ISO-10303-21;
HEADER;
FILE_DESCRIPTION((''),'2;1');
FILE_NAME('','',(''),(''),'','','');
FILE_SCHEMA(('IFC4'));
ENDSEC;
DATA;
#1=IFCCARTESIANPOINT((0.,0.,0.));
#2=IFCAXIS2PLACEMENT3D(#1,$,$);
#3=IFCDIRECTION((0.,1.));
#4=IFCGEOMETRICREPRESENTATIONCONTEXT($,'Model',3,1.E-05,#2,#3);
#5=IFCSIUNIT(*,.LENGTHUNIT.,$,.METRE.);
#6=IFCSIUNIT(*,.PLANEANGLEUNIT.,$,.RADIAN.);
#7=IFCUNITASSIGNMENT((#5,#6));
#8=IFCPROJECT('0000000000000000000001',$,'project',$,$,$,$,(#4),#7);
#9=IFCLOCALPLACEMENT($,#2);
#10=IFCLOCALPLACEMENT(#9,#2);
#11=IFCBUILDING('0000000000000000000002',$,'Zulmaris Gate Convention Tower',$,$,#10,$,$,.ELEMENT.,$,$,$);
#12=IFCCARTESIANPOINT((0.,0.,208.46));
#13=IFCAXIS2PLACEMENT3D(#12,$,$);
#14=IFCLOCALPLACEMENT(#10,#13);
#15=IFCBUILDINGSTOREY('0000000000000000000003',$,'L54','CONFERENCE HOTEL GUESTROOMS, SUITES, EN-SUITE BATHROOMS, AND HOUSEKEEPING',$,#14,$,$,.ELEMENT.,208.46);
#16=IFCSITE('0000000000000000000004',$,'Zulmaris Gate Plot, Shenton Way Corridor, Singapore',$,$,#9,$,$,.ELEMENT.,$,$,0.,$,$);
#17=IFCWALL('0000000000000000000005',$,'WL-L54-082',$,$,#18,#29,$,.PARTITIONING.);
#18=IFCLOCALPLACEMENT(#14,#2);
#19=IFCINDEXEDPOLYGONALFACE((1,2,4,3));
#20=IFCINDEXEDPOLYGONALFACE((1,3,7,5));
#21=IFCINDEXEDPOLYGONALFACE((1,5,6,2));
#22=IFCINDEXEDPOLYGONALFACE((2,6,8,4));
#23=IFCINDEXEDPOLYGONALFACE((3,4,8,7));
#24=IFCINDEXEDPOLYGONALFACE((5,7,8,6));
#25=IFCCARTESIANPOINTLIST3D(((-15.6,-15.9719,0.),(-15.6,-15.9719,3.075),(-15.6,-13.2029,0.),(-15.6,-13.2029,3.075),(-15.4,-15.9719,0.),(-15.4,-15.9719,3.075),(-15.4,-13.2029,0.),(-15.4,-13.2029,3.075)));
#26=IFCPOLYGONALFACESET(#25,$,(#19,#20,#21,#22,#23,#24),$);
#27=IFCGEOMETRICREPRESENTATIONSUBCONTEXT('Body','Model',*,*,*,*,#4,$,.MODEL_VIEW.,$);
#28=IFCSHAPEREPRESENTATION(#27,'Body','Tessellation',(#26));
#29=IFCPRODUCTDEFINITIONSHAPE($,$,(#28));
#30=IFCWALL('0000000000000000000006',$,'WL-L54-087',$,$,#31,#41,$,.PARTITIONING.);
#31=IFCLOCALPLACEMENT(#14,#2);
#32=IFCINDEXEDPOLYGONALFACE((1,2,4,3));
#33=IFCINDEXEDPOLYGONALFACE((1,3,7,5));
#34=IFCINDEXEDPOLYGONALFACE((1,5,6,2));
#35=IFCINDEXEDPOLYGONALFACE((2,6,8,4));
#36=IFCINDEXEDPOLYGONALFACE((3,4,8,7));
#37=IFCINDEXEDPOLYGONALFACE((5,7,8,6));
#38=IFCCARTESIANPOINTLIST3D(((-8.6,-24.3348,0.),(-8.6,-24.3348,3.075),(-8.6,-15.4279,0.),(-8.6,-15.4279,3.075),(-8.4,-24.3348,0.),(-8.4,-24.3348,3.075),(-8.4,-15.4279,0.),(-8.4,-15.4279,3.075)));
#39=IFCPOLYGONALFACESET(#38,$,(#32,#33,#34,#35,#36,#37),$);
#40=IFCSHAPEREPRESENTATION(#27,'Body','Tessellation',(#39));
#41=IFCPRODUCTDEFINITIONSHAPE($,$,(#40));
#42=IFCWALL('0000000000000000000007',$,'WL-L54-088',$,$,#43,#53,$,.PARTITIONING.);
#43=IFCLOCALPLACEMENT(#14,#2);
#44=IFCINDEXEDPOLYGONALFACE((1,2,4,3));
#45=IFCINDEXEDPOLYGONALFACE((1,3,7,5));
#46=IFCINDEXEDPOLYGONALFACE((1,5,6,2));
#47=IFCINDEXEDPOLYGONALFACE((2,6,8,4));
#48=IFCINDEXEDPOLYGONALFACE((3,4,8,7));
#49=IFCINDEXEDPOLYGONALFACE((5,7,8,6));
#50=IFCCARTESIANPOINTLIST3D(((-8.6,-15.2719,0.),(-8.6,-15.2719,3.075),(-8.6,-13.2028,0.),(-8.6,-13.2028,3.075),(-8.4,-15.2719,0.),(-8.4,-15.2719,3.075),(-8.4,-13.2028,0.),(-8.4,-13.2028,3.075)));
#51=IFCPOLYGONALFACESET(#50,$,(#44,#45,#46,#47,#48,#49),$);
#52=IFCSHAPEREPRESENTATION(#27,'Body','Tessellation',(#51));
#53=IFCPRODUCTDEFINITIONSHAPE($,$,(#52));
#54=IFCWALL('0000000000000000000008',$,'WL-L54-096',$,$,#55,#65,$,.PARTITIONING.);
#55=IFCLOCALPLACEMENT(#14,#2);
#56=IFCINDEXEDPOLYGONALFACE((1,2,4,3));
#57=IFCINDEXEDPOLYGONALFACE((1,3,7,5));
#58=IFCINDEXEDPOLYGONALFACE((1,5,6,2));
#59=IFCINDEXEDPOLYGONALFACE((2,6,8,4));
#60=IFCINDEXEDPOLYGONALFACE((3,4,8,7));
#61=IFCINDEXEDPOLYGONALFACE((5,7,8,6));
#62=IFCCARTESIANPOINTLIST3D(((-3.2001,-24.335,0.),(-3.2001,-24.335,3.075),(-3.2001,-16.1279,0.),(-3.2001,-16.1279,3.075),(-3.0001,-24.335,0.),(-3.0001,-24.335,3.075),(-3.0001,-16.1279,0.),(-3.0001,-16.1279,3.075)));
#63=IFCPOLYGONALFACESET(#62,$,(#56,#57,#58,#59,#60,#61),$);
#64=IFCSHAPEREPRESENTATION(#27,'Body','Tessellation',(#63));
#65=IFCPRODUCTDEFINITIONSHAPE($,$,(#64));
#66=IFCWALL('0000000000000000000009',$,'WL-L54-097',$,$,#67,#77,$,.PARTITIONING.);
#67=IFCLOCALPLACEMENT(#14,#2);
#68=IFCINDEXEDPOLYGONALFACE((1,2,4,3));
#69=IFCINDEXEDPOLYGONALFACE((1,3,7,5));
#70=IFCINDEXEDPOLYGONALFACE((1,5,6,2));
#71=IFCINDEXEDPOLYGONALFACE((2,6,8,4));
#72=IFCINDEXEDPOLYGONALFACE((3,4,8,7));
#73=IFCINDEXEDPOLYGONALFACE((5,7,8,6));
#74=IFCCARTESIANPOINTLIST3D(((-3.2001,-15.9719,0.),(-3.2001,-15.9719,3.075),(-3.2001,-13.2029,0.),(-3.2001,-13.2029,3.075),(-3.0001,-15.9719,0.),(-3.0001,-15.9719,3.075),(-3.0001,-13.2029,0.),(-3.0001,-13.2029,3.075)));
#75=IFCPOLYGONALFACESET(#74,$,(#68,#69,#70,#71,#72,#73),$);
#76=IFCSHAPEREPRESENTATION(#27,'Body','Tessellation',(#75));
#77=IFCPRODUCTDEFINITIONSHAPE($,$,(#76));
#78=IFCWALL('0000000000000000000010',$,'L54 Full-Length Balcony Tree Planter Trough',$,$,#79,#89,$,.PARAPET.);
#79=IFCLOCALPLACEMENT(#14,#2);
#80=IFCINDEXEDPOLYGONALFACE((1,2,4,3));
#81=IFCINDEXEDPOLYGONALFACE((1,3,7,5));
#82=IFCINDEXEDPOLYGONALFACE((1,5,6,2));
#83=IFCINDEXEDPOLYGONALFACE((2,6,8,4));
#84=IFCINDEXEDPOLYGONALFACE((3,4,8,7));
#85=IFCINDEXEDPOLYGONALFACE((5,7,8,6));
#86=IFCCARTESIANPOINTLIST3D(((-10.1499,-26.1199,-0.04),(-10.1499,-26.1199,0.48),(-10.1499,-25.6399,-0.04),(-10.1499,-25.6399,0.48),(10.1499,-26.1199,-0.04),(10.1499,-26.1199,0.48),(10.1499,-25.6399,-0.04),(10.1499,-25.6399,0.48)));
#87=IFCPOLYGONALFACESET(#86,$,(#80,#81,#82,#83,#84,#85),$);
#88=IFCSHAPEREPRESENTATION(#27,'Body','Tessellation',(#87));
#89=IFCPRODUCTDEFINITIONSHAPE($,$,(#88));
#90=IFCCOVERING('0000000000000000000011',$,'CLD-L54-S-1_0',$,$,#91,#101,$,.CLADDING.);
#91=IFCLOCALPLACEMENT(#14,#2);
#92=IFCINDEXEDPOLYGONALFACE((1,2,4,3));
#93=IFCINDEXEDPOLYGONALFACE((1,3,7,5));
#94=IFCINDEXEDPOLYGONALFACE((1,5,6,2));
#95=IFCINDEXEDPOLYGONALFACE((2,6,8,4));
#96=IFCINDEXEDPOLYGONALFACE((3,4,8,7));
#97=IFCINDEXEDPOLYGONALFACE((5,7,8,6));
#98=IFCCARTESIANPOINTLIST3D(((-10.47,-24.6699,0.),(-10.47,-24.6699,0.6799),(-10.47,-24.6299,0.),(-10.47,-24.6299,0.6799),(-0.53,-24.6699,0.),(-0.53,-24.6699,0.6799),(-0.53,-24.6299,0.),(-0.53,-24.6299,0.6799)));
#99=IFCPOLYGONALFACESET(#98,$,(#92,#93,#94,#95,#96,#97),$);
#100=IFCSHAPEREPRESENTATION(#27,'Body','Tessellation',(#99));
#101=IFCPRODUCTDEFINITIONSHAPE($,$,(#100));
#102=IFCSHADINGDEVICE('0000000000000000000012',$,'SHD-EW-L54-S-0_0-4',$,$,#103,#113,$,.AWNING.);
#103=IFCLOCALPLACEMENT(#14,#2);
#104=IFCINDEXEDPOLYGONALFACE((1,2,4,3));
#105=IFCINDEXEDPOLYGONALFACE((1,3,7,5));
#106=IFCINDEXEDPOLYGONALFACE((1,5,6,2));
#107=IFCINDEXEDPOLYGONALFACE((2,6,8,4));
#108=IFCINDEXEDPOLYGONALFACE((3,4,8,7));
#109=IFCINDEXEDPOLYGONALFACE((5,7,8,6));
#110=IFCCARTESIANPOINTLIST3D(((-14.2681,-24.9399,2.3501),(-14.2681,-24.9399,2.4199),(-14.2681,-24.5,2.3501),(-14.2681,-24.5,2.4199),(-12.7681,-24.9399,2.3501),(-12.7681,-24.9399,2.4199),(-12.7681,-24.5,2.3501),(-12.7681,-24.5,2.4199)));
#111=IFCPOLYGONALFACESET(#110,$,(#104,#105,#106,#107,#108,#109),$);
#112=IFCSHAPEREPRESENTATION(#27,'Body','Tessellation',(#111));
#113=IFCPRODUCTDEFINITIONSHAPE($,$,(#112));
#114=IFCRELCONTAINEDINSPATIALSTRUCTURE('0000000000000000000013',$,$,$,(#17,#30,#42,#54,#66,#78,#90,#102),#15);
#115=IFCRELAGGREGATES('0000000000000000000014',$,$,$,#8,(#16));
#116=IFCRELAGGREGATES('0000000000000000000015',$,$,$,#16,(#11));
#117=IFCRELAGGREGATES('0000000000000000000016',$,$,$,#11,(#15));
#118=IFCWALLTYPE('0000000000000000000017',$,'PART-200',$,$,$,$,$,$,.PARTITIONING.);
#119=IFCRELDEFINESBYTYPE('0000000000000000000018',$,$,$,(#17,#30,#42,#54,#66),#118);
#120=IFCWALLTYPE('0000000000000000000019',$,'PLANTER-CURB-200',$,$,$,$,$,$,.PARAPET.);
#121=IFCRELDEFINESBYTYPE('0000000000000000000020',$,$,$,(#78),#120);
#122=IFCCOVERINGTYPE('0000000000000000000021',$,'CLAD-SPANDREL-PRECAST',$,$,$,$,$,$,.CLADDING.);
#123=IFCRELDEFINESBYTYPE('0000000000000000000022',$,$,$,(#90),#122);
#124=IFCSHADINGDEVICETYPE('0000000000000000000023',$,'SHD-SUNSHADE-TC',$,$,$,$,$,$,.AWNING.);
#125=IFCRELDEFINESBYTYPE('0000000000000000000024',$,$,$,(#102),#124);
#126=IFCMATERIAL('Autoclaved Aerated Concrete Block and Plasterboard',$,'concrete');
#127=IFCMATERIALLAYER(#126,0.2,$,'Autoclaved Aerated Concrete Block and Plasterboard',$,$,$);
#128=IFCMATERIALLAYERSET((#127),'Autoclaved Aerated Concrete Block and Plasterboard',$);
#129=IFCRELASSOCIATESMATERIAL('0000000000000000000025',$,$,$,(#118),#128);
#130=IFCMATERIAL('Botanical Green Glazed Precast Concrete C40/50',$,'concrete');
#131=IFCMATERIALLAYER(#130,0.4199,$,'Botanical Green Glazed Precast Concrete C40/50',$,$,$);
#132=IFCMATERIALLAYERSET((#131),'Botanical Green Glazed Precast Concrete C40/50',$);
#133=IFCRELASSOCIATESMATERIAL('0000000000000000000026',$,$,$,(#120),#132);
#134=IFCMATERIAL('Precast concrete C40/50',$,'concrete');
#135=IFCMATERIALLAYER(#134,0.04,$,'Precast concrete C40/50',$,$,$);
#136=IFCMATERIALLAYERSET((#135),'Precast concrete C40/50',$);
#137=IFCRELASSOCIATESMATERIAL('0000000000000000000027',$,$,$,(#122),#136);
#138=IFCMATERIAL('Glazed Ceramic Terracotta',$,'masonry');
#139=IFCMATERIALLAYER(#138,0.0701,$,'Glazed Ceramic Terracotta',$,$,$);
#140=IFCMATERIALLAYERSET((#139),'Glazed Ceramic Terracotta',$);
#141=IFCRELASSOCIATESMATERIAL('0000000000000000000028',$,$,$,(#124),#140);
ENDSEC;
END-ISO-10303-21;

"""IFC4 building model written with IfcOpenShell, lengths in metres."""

from ifc_helpers import new_model, si_unit, direction, frame, frame_2d, origin, place, context, subcontext, project, spatial, rectangle, extrude, material, layer, layer_set, type_object, element, save


model = new_model("IFC4")

# Units and contexts
model_context = context("Model", 3, precision=1e-05, world=origin(), true_north=direction((0.0, 1.0)))
body_context = subcontext(model_context, "Body", "Model", "MODEL_VIEW")
ifc_project = project(units=[si_unit("LENGTHUNIT", "METRE"), si_unit("PLANEANGLEUNIT", "RADIAN")], contexts=[model_context])

# Site, building, storey
site_placement = place(None, origin())
site = spatial("IfcSite", under=ifc_project, at=site_placement, Name="Zulmaris Gate Plot, Shenton Way Corridor, Singapore", CompositionType="ELEMENT", RefElevation=0.0)
building_placement = place(site_placement, origin())
building = spatial("IfcBuilding", under=site, at=building_placement, Name="Zulmaris Gate Convention Tower", CompositionType="ELEMENT")
storey_placement = place(building_placement, frame((0.0, 0.0, 208.46)))
storey = spatial("IfcBuildingStorey", under=building, at=storey_placement, Name="L54", Description="CONFERENCE HOTEL GUESTROOMS, SUITES, EN-SUITE BATHROOMS, AND HOUSEKEEPING", CompositionType="ELEMENT", Elevation=208.46)

# Walls
ifc_material_1 = material(Name="Autoclaved Aerated Concrete Block and Plasterboard", Category="concrete")
ifc_layer_1 = layer(ifc_material_1, 0.2, Name="Autoclaved Aerated Concrete Block and Plasterboard")
ifc_layer_set_1 = layer_set([ifc_layer_1], Name="Autoclaved Aerated Concrete Block and Plasterboard")
wall_type_1 = type_object("IfcWallType", Name="PART-200", PredefinedType="PARTITIONING", material=ifc_layer_set_1)
wall_1_placement = place(storey_placement, frame((-15.5, -15.9719, 0.0), z_axis=(0.0, 0.0, 1.0), x_axis=(0.0, 1.0, 0.0)))
element("IfcWall", 1, at=wall_1_placement, inside=storey, type_object=wall_type_1, Name="WL-L54-082", PredefinedType="PARTITIONING", context=body_context, shape_type="SweptSolid", body=[
    extrude(rectangle(XDim=2.769, YDim=0.2, at=frame_2d((1.3845, 0.0))), origin(), (0.0, 0.0, 1.0), 3.075),
])
wall_2_placement = place(storey_placement, frame((-8.5, -24.335, 0.0), z_axis=(0.0, 0.0, 1.0), x_axis=(0.0, 1.0, 0.0)))
element("IfcWall", 2, at=wall_2_placement, inside=storey, type_object=wall_type_1, Name="WL-L54-087", PredefinedType="PARTITIONING", context=body_context, shape_type="SweptSolid", body=[
    extrude(rectangle(XDim=8.907, YDim=0.2, at=frame_2d((4.4536, 0.0))), origin(), (0.0, 0.0, 1.0), 3.075),
])
wall_3_placement = place(storey_placement, frame((-8.5, -15.272, 0.0), z_axis=(0.0, 0.0, 1.0), x_axis=(0.0, 1.0, 0.0)))
element("IfcWall", 3, at=wall_3_placement, inside=storey, type_object=wall_type_1, Name="WL-L54-088", PredefinedType="PARTITIONING", context=body_context, shape_type="SweptSolid", body=[
    extrude(rectangle(XDim=2.0691, YDim=0.2, at=frame_2d((1.0347, 0.0))), origin(), (0.0, 0.0, 1.0), 3.075),
])
wall_4_placement = place(storey_placement, frame((-3.1001, -24.335, 0.0), z_axis=(0.0, 0.0, 1.0), x_axis=(0.0, 1.0, 0.0)))
element("IfcWall", 4, at=wall_4_placement, inside=storey, type_object=wall_type_1, Name="WL-L54-096", PredefinedType="PARTITIONING", context=body_context, shape_type="SweptSolid", body=[
    extrude(rectangle(XDim=8.207, YDim=0.2, at=frame_2d((4.1035, 0.0))), origin(), (0.0, 0.0, 1.0), 3.075),
])
wall_5_placement = place(storey_placement, frame((-3.1001, -15.9719, 0.0), z_axis=(0.0, 0.0, 1.0), x_axis=(0.0, 1.0, 0.0)))
element("IfcWall", 5, at=wall_5_placement, inside=storey, type_object=wall_type_1, Name="WL-L54-097", PredefinedType="PARTITIONING", context=body_context, shape_type="SweptSolid", body=[
    extrude(rectangle(XDim=2.769, YDim=0.2, at=frame_2d((1.3845, 0.0))), origin(), (0.0, 0.0, 1.0), 3.075),
])
ifc_material_2 = material(Name="Botanical Green Glazed Precast Concrete C40/50", Category="concrete")
ifc_layer_2 = layer(ifc_material_2, 0.4199, Name="Botanical Green Glazed Precast Concrete C40/50")
ifc_layer_set_2 = layer_set([ifc_layer_2], Name="Botanical Green Glazed Precast Concrete C40/50")
wall_type_2 = type_object("IfcWallType", Name="PLANTER-CURB-200", PredefinedType="PARAPET", material=ifc_layer_set_2)
wall_6_placement = place(storey_placement, frame((-10.1499, -25.8799, -0.04), z_axis=(0.0, 0.0, 1.0), x_axis=(1.0, 0.0, 0.0)))
element("IfcWall", 6, at=wall_6_placement, inside=storey, type_object=wall_type_2, Name="L54 Full-Length Balcony Tree Planter Trough", PredefinedType="PARAPET", context=body_context, shape_type="SweptSolid", body=[
    extrude(rectangle(XDim=20.2998, YDim=0.48, at=frame_2d((10.1499, 0.0))), origin(), (0.0, 0.0, 1.0), 0.52),
])

# Shared definitions
ifc_material_3 = material(Name="Precast concrete C40/50", Category="concrete")

# Covering
ifc_layer_3 = layer(ifc_material_3, 0.04, Name="Precast concrete C40/50")
ifc_layer_set_3 = layer_set([ifc_layer_3], Name="Precast concrete C40/50")
covering_type = type_object("IfcCoveringType", Name="CLAD-SPANDREL-PRECAST", PredefinedType="CLADDING", material=ifc_layer_set_3)
covering_placement = place(storey_placement, frame((-10.47, -24.6499, 0.0), z_axis=(0.0, 0.0, 1.0), x_axis=(1.0, 0.0, 0.0)))
element("IfcCovering", 7, at=covering_placement, inside=storey, type_object=covering_type, Name="CLD-L54-S-1_0", PredefinedType="CLADDING", context=body_context, shape_type="SweptSolid", body=[
    extrude(rectangle(XDim=9.9399, YDim=0.04, at=frame_2d((4.97, 0.0))), origin(), (0.0, 0.0, 1.0), 0.6799),
])

# Shading device
ifc_material_4 = material(Name="Glazed Ceramic Terracotta", Category="masonry")
ifc_layer_4 = layer(ifc_material_4, 0.0701, Name="Glazed Ceramic Terracotta")
ifc_layer_set_4 = layer_set([ifc_layer_4], Name="Glazed Ceramic Terracotta")
shading_device_type = type_object("IfcShadingDeviceType", Name="SHD-SUNSHADE-TC", PredefinedType="AWNING", material=ifc_layer_set_4)
shading_device_placement = place(storey_placement, frame((-14.2681, -24.72, 2.3501), z_axis=(0.0, 0.0, 1.0), x_axis=(1.0, 0.0, 0.0)))
element("IfcShadingDevice", 8, at=shading_device_placement, inside=storey, type_object=shading_device_type, Name="SHD-EW-L54-S-0_0-4", PredefinedType="AWNING", context=body_context, shape_type="SweptSolid", body=[
    extrude(rectangle(XDim=1.5, YDim=0.4399, at=frame_2d((0.75, 0.0))), origin(), (0.0, 0.0, 1.0), 0.0698),
])

save(model, "model.ifc")
